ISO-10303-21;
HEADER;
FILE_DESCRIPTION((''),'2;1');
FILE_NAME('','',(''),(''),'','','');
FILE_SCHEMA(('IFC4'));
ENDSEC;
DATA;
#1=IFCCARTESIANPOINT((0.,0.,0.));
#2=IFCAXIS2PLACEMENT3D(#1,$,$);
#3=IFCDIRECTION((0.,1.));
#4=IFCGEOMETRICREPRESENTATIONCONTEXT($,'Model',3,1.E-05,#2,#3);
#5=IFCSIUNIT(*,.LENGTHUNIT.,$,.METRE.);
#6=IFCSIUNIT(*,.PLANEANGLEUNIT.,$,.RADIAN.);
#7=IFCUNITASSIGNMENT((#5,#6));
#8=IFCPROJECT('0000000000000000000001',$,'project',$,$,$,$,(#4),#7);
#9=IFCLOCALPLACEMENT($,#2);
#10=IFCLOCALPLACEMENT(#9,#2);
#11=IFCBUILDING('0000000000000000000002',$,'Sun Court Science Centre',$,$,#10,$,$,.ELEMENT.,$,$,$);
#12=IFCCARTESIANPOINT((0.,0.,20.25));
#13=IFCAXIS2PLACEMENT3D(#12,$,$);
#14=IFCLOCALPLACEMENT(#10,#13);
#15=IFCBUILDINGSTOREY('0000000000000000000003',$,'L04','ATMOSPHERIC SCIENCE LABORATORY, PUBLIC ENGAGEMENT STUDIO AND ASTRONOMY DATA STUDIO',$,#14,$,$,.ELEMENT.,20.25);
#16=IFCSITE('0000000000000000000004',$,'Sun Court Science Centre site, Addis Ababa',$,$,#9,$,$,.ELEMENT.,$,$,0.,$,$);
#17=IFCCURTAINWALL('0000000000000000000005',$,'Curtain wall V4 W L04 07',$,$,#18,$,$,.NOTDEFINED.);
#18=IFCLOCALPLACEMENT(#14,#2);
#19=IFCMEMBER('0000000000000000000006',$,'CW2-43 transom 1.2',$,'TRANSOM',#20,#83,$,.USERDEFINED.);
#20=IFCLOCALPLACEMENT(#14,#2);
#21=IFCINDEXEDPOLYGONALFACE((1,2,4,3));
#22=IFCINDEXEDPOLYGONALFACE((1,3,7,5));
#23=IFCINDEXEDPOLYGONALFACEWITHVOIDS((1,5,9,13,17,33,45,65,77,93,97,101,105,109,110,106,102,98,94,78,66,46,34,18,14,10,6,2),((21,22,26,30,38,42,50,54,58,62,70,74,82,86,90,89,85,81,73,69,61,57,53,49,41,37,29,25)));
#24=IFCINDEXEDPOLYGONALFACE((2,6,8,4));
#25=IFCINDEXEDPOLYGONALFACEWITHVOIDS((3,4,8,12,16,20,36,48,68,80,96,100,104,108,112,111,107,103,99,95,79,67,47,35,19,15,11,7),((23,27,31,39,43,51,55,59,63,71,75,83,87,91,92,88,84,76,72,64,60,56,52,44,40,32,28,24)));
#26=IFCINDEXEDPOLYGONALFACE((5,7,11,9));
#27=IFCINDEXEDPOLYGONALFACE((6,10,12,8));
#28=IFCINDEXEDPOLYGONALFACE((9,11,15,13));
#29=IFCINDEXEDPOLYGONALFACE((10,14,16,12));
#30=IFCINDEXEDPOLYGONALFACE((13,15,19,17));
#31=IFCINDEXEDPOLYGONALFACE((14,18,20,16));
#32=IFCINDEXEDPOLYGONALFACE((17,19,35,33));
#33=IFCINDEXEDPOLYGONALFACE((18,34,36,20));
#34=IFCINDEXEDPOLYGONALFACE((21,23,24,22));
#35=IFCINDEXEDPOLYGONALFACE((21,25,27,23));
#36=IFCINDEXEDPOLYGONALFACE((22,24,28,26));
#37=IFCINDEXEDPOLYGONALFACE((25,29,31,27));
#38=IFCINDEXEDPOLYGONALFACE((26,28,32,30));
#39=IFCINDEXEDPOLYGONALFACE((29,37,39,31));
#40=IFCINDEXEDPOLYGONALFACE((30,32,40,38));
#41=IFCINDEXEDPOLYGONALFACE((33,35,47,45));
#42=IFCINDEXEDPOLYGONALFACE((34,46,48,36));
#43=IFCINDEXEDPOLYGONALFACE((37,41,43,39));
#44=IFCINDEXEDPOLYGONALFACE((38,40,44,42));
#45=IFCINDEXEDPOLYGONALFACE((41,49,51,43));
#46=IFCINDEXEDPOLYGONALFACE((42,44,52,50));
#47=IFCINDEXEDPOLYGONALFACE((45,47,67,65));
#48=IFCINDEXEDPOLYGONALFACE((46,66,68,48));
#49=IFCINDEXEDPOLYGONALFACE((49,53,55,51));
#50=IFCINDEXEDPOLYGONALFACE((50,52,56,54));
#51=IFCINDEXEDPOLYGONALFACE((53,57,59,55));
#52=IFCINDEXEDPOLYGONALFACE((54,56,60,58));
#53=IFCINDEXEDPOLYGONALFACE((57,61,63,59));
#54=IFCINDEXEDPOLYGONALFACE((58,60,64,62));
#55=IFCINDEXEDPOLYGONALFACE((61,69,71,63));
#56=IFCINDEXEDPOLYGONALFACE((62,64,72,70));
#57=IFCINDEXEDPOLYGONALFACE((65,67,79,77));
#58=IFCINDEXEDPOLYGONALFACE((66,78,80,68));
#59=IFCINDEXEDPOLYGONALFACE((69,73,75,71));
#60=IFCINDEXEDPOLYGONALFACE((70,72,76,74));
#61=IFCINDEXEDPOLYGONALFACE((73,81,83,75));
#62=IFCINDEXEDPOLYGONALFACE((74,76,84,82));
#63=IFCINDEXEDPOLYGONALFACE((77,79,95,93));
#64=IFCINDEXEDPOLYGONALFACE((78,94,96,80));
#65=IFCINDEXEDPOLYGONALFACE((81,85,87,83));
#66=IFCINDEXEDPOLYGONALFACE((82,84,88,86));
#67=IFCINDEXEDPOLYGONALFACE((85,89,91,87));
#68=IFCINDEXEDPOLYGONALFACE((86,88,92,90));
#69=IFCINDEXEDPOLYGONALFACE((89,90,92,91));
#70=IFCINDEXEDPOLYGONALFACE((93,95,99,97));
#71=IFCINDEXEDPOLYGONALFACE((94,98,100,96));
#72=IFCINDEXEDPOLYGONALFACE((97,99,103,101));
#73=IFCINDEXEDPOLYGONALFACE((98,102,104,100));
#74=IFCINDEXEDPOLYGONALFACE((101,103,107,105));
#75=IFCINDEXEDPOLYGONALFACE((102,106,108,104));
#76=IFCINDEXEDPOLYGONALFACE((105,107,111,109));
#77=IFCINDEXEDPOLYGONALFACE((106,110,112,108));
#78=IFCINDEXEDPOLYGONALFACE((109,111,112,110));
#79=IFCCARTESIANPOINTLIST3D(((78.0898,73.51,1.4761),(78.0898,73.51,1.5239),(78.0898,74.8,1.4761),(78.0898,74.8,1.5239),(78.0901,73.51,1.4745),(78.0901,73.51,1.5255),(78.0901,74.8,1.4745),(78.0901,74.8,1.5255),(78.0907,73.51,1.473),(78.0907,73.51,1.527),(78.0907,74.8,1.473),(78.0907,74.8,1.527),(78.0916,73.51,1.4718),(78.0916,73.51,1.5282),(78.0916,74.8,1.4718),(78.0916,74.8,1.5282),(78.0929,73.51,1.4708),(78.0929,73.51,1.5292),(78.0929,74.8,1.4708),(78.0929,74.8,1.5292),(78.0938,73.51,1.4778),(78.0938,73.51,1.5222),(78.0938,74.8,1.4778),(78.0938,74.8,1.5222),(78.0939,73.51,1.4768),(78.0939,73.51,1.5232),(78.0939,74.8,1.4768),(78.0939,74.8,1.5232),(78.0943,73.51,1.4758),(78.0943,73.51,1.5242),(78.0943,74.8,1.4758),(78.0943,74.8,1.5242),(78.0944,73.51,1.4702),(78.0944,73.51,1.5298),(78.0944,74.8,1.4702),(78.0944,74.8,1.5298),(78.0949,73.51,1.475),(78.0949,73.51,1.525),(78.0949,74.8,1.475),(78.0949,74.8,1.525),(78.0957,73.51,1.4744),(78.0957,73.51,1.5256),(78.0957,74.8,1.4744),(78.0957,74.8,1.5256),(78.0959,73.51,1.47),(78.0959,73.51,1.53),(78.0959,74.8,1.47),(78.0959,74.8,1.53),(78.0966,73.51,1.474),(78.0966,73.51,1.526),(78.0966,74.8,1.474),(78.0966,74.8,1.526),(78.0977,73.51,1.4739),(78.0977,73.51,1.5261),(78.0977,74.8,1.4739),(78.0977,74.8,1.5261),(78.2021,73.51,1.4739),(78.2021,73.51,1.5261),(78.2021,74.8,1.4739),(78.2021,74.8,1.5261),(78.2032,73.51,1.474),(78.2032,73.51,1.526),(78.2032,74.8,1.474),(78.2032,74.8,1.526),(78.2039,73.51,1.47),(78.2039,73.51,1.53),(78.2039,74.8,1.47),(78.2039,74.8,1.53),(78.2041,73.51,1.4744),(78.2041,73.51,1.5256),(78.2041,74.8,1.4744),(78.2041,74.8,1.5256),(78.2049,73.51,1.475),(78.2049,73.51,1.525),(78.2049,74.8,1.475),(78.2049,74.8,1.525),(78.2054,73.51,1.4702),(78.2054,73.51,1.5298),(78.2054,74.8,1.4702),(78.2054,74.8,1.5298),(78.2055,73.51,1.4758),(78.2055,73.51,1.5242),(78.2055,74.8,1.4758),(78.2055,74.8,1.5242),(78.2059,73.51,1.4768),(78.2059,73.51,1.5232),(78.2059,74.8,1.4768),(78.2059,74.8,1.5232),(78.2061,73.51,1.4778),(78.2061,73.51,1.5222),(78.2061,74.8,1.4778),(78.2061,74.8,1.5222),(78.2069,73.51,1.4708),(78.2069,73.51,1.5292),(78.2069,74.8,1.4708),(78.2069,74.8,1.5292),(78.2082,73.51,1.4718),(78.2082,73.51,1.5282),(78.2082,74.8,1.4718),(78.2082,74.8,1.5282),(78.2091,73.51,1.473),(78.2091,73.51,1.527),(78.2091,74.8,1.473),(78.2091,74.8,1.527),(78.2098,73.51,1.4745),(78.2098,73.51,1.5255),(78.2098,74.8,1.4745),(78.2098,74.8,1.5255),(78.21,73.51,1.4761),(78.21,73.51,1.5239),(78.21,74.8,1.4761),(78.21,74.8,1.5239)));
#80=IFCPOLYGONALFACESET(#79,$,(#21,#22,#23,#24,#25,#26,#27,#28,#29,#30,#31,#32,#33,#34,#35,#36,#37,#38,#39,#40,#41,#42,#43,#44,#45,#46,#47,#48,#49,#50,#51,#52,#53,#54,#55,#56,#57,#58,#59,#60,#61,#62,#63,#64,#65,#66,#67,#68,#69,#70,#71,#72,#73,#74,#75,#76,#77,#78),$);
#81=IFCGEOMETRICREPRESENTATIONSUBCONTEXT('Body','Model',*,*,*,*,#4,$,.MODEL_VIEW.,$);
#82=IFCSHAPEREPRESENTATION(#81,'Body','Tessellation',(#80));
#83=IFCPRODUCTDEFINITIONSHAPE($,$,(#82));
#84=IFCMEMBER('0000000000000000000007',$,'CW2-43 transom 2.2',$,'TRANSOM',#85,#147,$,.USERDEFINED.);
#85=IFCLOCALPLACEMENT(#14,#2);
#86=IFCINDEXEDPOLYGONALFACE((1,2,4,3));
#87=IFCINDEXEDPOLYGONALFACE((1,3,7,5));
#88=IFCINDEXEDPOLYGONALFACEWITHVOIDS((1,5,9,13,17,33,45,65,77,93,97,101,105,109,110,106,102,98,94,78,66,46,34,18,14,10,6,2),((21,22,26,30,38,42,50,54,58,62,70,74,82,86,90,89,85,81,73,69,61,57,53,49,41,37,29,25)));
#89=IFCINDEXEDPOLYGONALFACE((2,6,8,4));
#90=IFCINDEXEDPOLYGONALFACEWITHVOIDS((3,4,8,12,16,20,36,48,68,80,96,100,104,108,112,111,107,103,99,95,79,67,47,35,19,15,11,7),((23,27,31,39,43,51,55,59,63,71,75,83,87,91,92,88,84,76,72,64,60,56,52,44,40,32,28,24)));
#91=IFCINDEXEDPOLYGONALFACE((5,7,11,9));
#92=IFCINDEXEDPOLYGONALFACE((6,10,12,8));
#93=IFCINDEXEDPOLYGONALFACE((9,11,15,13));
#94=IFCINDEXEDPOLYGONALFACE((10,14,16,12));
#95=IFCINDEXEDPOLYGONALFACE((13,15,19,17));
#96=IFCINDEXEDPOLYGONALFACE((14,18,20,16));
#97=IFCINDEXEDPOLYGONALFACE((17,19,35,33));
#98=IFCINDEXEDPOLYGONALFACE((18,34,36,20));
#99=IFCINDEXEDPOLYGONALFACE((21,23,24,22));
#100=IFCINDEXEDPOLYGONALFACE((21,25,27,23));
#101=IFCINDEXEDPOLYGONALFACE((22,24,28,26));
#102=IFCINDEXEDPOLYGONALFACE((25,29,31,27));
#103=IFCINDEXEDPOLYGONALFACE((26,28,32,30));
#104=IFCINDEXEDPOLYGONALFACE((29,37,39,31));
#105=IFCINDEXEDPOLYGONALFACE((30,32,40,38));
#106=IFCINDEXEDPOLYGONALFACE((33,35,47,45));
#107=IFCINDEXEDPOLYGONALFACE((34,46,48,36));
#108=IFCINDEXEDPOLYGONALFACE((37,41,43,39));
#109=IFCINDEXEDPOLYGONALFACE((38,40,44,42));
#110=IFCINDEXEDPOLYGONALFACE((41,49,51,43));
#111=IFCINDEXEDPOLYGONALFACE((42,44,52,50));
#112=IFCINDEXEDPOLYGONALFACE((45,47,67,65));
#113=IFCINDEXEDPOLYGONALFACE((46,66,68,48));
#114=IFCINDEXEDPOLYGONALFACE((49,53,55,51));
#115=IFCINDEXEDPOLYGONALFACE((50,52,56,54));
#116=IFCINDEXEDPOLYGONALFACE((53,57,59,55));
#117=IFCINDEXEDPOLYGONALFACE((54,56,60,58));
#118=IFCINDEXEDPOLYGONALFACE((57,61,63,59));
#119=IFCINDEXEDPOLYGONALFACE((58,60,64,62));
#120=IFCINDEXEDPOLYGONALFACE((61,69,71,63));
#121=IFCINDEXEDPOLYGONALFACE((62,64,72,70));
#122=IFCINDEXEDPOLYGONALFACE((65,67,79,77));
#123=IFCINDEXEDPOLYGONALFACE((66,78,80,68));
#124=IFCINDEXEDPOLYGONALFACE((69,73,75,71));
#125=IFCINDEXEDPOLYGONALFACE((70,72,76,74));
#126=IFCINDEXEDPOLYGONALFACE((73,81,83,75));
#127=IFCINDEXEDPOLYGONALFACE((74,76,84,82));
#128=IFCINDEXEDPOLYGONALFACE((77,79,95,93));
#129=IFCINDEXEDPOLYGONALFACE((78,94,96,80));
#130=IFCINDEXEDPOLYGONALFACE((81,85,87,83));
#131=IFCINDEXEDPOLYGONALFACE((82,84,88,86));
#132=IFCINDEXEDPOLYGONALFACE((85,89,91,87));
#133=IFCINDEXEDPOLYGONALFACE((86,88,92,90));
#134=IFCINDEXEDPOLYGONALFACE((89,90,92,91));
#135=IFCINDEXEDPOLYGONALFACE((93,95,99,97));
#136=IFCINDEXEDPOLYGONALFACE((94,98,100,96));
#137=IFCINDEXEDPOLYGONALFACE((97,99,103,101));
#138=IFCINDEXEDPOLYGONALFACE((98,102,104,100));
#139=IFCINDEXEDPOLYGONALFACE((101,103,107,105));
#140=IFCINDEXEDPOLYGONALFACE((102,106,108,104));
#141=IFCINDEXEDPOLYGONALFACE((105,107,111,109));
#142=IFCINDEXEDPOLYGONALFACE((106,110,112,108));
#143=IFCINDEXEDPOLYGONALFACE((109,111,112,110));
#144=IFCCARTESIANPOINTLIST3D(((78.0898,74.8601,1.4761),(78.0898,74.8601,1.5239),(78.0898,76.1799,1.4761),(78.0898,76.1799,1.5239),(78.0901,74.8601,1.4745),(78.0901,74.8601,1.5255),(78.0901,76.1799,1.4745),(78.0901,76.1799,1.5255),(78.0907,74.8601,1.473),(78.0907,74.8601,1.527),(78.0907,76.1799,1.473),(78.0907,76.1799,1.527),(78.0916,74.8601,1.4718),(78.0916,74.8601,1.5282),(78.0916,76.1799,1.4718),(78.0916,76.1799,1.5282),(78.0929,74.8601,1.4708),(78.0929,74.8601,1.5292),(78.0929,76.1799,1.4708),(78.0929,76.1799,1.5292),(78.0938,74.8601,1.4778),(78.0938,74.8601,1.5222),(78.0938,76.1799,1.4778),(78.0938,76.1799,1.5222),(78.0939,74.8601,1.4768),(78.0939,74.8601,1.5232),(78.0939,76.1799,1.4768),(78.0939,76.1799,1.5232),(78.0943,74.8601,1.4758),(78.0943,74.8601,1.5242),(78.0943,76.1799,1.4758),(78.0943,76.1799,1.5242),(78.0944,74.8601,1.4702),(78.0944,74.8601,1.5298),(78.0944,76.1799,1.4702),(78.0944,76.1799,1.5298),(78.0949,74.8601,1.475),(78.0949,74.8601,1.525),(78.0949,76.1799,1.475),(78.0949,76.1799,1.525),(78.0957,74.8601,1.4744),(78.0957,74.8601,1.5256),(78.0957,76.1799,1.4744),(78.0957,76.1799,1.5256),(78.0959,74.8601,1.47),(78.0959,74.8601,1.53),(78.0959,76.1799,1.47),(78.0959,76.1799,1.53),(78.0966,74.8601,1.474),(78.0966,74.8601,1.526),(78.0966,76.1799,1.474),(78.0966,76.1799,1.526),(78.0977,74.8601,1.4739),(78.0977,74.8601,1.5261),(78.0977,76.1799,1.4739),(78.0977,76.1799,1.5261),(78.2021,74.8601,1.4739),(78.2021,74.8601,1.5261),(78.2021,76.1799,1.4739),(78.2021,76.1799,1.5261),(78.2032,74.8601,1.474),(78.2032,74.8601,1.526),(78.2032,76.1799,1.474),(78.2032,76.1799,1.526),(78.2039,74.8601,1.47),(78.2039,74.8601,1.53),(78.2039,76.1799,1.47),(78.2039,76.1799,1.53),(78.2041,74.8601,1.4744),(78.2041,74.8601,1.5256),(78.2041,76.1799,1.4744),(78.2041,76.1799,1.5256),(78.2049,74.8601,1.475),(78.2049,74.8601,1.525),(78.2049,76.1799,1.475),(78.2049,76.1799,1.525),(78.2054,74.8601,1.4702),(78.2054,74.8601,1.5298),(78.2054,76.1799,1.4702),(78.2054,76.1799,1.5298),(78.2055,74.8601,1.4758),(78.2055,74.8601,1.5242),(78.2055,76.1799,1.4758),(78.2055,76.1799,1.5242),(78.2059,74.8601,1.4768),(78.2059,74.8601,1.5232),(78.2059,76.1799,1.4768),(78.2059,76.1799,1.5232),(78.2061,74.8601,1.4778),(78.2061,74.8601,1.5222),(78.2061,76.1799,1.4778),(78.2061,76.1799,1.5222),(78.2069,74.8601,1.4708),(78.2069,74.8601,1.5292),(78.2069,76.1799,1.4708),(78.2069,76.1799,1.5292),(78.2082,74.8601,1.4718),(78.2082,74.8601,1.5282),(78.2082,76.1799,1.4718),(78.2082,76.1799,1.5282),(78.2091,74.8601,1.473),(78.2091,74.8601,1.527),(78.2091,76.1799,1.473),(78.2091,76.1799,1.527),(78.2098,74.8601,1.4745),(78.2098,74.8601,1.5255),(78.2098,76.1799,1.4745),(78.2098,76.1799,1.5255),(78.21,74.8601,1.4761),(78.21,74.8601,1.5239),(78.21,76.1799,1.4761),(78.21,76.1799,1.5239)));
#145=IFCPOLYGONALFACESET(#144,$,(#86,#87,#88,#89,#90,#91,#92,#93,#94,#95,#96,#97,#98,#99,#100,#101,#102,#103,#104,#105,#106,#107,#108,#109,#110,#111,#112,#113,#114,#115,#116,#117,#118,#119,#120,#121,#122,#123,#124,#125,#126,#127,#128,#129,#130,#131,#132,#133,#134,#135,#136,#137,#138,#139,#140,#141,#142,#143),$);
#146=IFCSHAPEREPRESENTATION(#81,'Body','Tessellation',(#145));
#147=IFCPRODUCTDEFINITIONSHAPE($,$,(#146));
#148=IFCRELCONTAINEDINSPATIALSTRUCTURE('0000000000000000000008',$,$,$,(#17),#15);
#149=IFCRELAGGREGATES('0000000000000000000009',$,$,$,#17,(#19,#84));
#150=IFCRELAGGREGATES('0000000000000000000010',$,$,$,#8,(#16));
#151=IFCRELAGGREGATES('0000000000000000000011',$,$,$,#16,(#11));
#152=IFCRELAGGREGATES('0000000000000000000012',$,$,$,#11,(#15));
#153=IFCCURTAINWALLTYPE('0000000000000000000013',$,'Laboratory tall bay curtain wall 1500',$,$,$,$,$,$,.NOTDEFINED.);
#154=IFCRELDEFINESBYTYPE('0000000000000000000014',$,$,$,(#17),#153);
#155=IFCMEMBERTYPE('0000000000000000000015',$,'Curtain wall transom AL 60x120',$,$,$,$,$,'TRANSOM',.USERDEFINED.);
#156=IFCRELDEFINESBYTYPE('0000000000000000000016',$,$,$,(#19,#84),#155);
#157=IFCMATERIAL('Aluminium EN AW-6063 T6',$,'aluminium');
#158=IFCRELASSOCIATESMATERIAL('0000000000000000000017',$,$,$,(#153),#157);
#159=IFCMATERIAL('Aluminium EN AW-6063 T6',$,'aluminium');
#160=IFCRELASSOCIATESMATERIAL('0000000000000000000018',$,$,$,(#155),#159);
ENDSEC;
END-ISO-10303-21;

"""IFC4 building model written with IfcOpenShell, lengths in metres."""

from ifc_helpers import new_model, si_unit, direction, frame, origin, origin_2d, place, context, subcontext, project, spatial, hollow_rectangle, extrude, material, material_profile, profile_set, type_object, element, aggregate, save


model = new_model("IFC4")

# Units and contexts
model_context = context("Model", 3, precision=1e-05, world=origin(), true_north=direction((0.0, 1.0)))
body_context = subcontext(model_context, "Body", "Model", "MODEL_VIEW")
ifc_project = project(units=[si_unit("LENGTHUNIT", "METRE"), si_unit("PLANEANGLEUNIT", "RADIAN")], contexts=[model_context])

# Site, building, storey
site_placement = place(None, origin())
site = spatial("IfcSite", under=ifc_project, at=site_placement, Name="Sun Court Science Centre site, Addis Ababa", CompositionType="ELEMENT", RefElevation=0.0)
building_placement = place(site_placement, origin())
building = spatial("IfcBuilding", under=site, at=building_placement, Name="Sun Court Science Centre", CompositionType="ELEMENT")
storey_placement = place(building_placement, frame((0.0, 0.0, 20.25)))
storey = spatial("IfcBuildingStorey", under=building, at=storey_placement, Name="L04", Description="ATMOSPHERIC SCIENCE LABORATORY, PUBLIC ENGAGEMENT STUDIO AND ASTRONOMY DATA STUDIO", CompositionType="ELEMENT", Elevation=20.25)

# Curtain wall
ifc_material_1 = material(Name="Aluminium EN AW-6063 T6", Category="aluminium")
curtain_wall_type = type_object("IfcCurtainWallType", Name="Laboratory tall bay curtain wall 1500", PredefinedType="NOTDEFINED", material=ifc_material_1)
curtain_wall_1_placement = place(storey_placement, origin())
curtain_wall_1 = element("IfcCurtainWall", 1, at=curtain_wall_1_placement, inside=storey, type_object=curtain_wall_type, Name="Curtain wall V4 W L04 07", PredefinedType="NOTDEFINED")

# Members
ifc_material_2 = material(Name="Aluminium EN AW-6063 T6", Category="aluminium")
ifc_material_profile_1 = material_profile(ifc_material_2, hollow_rectangle(XDim=0.0601, YDim=0.1201, WallThickness=0.0039, InnerFilletRadius=0.0039, OuterFilletRadius=0.0061, at=origin_2d()), Name="AL 60x120x4")
ifc_profile_set_1 = profile_set([ifc_material_profile_1], Name="Aluminium EN AW-6063 T6")
member_type_1 = type_object("IfcMemberType", Name="Curtain wall transom AL 60x120", ElementType="TRANSOM", PredefinedType="USERDEFINED", material=ifc_profile_set_1)
member_1_placement = place(storey_placement, frame((78.1499, 73.51, 1.5), z_axis=(0.0, 1.0, 0.0), x_axis=(0.0, 0.0, 1.0)))
member_1 = element("IfcMember", 2, at=member_1_placement, type_object=member_type_1, Name="CW2-43 transom 1.2", ObjectType="TRANSOM", PredefinedType="USERDEFINED", context=body_context, shape_type="SweptSolid", body=[
    extrude(hollow_rectangle(XDim=0.0601, YDim=0.1201, WallThickness=0.0039, InnerFilletRadius=0.0039, OuterFilletRadius=0.0061, at=origin_2d()), origin(), (0.0, 0.0, 1.0), 1.29),
])
member_2_placement = place(storey_placement, frame((78.1499, 74.8601, 1.5), z_axis=(0.0, 1.0, 0.0), x_axis=(0.0, 0.0, 1.0)))
member_2 = element("IfcMember", 3, at=member_2_placement, type_object=member_type_1, Name="CW2-43 transom 2.2", ObjectType="TRANSOM", PredefinedType="USERDEFINED", context=body_context, shape_type="SweptSolid", body=[
    extrude(hollow_rectangle(XDim=0.0601, YDim=0.1201, WallThickness=0.0039, InnerFilletRadius=0.0039, OuterFilletRadius=0.0061, at=origin_2d()), origin(), (0.0, 0.0, 1.0), 1.3198),
])

aggregate(curtain_wall_1, [member_1, member_2])

save(model, "model.ifc")
